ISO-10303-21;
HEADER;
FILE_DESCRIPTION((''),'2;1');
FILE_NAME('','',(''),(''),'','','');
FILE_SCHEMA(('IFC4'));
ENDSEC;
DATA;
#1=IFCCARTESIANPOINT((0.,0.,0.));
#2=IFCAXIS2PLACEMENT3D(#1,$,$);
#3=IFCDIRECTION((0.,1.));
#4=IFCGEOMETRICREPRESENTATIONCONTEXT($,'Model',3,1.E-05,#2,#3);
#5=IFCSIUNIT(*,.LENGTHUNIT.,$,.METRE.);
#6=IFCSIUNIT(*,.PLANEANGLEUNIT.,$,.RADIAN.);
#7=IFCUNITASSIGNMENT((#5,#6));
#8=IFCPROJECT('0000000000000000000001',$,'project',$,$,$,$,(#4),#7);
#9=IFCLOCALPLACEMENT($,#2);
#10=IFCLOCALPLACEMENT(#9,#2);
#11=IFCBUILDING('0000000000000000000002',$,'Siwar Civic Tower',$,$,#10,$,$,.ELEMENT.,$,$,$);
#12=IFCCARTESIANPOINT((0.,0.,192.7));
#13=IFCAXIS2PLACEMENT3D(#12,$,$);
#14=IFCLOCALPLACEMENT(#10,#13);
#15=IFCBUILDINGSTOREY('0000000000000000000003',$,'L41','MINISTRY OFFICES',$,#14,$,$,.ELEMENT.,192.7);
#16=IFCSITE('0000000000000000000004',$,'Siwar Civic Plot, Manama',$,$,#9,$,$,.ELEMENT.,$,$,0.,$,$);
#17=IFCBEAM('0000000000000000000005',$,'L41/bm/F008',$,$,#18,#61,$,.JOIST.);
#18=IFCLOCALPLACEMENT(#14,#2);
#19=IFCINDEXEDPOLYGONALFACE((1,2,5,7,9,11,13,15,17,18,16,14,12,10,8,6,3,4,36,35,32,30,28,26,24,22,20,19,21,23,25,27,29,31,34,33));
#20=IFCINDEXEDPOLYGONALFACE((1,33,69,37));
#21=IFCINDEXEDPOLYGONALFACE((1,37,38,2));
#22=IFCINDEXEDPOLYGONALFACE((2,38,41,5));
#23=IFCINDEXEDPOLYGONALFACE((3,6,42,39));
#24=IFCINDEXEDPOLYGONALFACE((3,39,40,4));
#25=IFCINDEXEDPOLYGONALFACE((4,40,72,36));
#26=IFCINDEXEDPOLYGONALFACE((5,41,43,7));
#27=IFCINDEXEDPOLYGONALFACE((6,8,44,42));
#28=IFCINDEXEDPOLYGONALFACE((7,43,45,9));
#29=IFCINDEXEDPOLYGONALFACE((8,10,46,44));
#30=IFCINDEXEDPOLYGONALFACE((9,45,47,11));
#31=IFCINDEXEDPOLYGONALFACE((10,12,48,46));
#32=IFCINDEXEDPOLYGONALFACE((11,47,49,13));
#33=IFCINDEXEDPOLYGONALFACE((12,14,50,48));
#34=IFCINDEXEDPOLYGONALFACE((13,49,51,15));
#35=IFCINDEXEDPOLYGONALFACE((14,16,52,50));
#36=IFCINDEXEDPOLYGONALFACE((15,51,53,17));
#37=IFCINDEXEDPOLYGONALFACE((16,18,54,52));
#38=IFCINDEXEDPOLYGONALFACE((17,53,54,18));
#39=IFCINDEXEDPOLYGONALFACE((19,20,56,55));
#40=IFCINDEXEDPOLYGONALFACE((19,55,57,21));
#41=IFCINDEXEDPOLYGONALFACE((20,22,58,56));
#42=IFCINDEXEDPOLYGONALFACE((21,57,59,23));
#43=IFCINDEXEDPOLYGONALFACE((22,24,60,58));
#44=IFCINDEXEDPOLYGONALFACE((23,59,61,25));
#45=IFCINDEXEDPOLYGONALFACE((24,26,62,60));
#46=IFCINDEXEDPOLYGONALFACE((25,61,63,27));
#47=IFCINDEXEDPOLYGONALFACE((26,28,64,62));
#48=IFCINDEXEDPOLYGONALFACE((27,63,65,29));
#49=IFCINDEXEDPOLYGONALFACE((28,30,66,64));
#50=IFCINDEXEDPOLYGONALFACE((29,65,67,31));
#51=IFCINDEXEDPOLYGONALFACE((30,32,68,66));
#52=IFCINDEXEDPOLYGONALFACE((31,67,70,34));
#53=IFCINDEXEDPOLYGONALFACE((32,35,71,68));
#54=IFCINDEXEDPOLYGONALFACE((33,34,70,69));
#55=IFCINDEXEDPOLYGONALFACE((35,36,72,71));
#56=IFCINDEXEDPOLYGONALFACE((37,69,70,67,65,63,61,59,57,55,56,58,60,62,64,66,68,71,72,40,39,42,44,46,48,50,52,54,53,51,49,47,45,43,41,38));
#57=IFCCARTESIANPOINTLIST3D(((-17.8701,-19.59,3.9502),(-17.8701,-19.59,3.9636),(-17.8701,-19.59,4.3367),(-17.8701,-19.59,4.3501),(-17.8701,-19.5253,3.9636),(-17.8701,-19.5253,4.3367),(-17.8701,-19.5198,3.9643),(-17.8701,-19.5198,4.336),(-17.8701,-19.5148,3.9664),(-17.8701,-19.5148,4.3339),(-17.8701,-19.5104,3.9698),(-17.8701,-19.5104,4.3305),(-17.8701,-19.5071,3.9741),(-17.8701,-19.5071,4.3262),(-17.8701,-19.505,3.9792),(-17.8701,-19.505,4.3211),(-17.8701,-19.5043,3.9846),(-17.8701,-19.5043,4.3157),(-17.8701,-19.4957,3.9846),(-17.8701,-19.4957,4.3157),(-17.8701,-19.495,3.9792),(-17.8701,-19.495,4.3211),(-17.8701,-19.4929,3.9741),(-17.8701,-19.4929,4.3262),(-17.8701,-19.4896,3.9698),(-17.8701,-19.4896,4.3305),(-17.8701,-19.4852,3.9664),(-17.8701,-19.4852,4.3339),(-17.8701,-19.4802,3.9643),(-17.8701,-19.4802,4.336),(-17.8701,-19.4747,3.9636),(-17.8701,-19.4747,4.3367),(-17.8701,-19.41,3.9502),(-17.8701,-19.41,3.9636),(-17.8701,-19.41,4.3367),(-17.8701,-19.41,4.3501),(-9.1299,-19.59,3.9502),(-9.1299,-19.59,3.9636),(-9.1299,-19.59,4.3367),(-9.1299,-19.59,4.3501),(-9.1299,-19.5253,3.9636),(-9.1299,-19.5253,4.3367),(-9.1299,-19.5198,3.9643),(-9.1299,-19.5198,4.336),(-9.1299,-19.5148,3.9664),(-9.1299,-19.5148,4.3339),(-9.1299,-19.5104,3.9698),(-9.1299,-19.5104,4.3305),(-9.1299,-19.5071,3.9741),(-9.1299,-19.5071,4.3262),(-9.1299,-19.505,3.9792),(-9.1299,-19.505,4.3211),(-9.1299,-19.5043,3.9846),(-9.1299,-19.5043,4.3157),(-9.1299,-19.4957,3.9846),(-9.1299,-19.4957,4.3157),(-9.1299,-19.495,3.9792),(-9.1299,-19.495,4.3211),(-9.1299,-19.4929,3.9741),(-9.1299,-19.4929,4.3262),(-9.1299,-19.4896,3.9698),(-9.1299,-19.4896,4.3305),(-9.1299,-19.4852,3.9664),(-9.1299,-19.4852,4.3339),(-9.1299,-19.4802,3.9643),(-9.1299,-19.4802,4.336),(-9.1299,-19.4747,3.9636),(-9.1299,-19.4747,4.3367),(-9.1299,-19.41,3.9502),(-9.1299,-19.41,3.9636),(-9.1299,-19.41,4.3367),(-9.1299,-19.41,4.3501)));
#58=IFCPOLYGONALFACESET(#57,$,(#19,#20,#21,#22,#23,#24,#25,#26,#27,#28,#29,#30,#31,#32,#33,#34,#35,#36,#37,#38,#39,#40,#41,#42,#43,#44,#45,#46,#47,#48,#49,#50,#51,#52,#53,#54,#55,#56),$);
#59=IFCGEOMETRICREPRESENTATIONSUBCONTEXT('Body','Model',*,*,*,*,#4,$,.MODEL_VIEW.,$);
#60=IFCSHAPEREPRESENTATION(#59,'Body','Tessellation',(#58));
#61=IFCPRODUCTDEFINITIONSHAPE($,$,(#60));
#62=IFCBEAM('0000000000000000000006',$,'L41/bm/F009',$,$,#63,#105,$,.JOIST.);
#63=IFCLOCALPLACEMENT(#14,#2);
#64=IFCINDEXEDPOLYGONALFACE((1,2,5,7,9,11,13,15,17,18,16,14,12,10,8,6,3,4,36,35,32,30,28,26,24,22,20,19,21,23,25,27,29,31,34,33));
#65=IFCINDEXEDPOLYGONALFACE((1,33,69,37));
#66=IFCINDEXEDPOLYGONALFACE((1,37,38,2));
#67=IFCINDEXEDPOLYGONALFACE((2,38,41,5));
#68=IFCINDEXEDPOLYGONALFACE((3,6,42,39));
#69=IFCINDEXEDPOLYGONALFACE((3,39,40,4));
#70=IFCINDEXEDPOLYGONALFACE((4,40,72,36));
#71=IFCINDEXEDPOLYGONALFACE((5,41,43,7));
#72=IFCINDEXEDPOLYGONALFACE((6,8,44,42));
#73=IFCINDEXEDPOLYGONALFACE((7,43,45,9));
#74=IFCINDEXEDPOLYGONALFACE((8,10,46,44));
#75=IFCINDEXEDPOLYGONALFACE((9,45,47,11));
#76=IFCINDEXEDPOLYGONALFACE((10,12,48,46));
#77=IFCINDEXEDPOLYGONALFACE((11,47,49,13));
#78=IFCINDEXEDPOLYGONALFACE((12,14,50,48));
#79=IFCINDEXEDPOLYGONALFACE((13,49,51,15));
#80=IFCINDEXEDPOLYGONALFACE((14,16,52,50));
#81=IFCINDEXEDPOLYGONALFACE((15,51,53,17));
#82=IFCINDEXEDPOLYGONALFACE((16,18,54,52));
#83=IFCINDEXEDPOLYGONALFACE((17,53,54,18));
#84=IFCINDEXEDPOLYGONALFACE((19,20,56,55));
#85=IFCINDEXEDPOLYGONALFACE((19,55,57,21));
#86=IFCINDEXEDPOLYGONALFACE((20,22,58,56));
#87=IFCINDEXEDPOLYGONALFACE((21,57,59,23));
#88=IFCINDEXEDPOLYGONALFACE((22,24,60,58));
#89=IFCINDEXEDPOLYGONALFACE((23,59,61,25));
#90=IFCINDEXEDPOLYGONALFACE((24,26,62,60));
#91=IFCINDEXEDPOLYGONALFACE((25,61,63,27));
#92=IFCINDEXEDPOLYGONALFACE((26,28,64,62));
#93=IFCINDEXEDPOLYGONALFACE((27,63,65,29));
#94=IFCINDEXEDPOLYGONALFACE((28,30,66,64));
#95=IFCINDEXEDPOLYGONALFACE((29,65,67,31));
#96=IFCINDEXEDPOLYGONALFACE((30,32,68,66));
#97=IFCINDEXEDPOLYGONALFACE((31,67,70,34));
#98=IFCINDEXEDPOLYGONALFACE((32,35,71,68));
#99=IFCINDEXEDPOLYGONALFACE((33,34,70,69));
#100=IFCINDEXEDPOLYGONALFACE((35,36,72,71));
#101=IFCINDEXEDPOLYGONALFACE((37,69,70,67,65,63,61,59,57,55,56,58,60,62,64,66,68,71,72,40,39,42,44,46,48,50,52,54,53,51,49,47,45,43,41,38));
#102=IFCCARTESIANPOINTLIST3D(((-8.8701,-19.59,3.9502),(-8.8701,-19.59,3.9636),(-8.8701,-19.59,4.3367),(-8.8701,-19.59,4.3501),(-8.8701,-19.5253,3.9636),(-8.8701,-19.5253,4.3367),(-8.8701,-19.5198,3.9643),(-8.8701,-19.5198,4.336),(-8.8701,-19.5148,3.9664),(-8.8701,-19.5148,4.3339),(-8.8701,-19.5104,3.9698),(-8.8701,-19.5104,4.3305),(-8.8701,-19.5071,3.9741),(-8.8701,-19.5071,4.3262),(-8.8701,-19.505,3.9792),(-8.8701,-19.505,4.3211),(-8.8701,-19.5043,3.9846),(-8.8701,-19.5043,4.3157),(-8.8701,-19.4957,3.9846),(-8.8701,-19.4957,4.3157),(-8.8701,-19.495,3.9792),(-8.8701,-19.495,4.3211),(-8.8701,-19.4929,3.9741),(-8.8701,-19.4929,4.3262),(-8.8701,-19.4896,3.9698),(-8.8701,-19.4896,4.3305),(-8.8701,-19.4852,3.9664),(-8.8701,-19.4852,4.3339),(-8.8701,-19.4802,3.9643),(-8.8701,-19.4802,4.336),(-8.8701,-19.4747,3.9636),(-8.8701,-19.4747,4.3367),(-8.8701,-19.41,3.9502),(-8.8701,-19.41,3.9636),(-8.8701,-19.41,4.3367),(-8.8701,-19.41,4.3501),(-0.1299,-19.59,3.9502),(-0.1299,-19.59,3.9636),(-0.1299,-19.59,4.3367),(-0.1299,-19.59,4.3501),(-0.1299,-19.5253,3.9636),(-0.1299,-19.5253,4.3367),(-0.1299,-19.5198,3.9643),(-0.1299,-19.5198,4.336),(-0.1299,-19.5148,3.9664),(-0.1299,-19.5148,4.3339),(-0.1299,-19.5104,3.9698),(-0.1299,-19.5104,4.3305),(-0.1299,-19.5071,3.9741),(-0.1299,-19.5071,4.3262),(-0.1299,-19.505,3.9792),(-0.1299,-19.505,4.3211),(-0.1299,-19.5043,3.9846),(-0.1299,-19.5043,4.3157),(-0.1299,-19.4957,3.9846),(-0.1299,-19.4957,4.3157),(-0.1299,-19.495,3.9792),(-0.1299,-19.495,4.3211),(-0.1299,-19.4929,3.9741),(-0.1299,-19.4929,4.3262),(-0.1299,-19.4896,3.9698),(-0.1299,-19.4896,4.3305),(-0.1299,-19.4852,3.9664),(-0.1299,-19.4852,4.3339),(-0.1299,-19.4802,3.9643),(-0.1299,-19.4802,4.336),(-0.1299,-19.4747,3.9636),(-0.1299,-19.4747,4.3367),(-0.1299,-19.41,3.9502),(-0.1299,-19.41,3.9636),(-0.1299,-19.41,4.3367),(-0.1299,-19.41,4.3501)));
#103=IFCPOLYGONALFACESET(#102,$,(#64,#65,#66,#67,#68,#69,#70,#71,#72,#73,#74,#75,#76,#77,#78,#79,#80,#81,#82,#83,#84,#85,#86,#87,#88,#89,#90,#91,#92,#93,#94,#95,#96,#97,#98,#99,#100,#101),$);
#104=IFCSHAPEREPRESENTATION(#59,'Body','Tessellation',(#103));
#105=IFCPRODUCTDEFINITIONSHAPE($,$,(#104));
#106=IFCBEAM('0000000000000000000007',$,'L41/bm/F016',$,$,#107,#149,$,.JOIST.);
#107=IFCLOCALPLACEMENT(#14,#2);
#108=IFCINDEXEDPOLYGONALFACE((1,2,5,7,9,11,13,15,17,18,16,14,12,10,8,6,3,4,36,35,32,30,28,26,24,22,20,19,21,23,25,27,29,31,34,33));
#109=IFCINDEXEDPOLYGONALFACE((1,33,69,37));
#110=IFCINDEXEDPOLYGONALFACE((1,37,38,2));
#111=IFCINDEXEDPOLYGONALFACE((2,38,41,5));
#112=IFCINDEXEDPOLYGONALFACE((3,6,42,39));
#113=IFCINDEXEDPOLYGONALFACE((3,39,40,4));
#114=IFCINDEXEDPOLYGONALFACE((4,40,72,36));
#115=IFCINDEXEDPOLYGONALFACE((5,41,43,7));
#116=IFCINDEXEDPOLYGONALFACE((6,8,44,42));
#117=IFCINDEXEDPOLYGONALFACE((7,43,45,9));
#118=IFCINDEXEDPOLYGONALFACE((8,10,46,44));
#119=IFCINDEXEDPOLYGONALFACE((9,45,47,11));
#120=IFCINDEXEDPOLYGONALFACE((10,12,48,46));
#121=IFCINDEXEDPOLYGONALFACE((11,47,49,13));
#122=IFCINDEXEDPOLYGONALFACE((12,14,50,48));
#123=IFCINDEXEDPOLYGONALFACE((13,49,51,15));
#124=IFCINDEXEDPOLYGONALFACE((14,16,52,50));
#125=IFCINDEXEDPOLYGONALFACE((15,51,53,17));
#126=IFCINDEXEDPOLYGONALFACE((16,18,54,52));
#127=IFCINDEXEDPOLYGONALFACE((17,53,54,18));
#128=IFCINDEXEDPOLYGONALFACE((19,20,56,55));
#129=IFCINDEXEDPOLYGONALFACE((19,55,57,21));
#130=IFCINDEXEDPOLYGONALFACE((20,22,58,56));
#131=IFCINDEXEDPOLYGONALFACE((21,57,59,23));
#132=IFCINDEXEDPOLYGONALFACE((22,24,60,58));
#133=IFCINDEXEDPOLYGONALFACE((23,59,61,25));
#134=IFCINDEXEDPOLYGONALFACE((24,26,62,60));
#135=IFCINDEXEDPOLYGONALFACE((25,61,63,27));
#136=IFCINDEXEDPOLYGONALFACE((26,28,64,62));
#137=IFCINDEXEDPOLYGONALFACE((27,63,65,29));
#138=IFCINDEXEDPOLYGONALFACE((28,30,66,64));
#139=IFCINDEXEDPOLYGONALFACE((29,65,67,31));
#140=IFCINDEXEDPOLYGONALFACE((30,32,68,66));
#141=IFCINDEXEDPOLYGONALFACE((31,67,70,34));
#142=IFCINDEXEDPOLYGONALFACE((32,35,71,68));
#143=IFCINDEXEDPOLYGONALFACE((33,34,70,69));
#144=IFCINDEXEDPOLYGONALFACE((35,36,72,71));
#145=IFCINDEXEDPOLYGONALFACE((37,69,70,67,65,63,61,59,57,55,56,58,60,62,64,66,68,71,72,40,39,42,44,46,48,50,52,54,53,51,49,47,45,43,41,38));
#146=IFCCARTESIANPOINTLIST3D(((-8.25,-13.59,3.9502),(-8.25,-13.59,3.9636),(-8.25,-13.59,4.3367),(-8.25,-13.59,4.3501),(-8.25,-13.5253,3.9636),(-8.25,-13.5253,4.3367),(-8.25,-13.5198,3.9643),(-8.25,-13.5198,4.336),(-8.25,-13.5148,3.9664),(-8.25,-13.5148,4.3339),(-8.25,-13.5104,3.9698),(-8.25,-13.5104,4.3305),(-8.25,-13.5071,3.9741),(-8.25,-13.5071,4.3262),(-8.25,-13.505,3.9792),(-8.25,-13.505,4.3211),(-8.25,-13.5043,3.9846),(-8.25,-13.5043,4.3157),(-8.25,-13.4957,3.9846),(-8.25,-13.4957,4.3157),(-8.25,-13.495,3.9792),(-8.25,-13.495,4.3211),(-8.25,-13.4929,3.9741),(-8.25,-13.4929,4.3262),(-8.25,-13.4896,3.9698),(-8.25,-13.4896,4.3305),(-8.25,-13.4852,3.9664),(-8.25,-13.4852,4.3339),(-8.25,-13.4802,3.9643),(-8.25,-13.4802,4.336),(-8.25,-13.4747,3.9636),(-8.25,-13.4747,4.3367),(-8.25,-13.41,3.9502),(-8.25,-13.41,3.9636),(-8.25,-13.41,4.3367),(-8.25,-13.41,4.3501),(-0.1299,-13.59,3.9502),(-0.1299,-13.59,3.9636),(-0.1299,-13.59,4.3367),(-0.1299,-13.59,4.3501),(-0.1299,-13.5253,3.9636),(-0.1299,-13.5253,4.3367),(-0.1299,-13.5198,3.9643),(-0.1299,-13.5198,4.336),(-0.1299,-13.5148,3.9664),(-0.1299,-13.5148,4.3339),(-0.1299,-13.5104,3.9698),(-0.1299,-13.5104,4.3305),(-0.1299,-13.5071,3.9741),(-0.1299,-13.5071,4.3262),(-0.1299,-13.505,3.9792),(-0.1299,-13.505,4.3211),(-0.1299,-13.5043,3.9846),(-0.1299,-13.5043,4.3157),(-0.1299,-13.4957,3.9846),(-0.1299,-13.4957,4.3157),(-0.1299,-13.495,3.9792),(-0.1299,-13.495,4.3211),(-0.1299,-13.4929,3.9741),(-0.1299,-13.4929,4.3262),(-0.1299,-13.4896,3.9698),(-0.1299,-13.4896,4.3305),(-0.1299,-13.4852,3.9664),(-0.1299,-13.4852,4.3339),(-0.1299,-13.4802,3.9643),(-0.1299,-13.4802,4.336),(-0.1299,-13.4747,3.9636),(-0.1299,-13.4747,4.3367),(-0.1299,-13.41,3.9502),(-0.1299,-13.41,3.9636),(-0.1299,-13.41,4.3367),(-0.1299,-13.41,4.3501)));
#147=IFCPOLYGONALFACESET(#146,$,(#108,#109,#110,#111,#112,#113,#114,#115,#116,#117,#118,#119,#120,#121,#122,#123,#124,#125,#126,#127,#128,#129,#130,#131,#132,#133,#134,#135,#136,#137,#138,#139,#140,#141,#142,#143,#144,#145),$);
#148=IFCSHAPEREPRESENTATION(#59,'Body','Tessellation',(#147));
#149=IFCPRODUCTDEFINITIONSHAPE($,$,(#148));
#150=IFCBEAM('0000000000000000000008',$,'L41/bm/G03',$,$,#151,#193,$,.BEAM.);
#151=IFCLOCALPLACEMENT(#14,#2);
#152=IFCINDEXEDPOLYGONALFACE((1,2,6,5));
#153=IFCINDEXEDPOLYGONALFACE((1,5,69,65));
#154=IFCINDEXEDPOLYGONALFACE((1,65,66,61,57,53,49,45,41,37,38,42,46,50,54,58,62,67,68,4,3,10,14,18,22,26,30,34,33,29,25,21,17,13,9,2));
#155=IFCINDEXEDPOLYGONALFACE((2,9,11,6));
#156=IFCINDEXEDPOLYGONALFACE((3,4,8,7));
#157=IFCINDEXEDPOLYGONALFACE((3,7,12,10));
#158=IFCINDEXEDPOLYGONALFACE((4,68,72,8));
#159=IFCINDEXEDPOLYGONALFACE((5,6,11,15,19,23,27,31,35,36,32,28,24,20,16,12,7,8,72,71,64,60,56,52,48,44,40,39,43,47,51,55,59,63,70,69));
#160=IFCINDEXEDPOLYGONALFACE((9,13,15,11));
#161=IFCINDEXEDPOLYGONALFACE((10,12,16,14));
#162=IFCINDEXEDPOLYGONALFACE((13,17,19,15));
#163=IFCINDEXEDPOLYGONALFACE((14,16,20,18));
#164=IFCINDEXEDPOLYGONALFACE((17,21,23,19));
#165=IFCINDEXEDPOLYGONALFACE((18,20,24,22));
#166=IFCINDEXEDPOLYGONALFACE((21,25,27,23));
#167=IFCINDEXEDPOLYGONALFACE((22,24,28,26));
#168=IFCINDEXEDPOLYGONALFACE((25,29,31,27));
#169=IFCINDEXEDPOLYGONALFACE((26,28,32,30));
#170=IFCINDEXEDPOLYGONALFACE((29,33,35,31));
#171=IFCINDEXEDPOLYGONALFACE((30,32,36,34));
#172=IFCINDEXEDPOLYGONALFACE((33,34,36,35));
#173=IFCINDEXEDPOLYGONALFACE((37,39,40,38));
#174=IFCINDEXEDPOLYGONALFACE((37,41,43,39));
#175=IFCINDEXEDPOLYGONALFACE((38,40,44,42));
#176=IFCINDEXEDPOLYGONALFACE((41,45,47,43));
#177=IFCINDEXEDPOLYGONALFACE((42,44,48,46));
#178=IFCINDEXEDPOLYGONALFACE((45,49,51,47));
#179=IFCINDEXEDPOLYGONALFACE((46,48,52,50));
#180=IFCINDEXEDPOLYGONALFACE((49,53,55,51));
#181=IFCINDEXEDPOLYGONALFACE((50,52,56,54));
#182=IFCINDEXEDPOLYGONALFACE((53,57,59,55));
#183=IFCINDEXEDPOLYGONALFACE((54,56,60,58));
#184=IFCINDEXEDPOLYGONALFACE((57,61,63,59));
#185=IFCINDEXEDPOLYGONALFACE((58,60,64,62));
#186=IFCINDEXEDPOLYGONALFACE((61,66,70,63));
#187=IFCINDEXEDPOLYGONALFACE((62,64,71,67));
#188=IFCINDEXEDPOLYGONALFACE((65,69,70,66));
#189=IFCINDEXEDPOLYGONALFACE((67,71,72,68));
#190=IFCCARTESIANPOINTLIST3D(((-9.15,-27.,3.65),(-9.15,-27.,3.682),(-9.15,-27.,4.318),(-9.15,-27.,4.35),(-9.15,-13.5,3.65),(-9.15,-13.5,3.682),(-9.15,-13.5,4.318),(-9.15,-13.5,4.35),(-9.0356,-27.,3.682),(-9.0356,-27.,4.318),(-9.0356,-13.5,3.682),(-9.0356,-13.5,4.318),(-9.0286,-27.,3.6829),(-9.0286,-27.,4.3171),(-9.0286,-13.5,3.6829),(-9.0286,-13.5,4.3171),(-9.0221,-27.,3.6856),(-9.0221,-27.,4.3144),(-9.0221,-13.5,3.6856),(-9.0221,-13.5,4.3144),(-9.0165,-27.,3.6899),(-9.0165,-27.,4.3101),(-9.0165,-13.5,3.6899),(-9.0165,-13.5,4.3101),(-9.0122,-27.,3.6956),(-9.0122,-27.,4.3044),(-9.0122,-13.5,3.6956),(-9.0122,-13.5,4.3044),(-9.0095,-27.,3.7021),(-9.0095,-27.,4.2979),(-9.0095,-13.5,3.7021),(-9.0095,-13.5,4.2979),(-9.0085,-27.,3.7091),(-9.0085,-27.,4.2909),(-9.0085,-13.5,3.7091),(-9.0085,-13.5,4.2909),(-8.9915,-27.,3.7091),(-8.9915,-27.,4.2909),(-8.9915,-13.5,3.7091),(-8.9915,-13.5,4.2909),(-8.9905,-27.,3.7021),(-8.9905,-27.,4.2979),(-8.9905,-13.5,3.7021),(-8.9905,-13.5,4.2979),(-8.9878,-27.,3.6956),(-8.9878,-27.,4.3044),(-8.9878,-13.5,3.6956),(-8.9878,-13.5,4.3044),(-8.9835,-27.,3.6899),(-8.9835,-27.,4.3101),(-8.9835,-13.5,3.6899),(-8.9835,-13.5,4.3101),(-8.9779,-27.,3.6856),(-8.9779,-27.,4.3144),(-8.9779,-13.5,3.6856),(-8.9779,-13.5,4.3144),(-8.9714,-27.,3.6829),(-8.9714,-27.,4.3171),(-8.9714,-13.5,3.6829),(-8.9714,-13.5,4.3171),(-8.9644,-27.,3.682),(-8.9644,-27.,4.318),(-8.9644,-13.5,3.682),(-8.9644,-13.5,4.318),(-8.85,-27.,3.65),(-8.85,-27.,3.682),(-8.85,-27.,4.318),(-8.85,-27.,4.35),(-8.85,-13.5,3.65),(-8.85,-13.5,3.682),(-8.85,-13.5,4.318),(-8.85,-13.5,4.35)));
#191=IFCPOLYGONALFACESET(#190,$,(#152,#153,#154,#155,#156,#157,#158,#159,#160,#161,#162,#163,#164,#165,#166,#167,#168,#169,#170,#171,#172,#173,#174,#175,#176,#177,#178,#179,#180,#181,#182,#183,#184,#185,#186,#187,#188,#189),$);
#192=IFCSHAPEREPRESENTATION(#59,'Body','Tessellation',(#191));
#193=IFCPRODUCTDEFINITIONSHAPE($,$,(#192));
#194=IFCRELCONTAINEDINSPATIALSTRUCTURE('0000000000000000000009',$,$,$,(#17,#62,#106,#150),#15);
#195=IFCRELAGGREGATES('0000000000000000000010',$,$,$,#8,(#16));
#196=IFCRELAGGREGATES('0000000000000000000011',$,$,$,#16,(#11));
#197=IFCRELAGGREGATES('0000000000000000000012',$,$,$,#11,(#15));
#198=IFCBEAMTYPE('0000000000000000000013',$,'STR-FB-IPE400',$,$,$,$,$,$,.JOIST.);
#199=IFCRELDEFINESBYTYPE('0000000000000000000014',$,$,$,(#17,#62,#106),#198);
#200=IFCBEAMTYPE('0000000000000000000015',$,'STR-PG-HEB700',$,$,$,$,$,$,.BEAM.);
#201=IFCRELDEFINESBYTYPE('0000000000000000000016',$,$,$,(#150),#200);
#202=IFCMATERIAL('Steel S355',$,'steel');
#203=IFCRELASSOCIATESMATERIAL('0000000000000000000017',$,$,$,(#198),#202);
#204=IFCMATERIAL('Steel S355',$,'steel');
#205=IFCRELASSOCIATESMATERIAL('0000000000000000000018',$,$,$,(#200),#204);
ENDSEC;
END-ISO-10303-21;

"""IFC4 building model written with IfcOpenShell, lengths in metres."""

from ifc_helpers import new_model, si_unit, direction, frame, origin, origin_2d, place, context, subcontext, project, spatial, i_section, extrude, material, material_profile, profile_set, type_object, element, save


model = new_model("IFC4")

# Units and contexts
model_context = context("Model", 3, precision=1e-05, world=origin(), true_north=direction((0.0, 1.0)))
body_context = subcontext(model_context, "Body", "Model", "MODEL_VIEW")
ifc_project = project(units=[si_unit("LENGTHUNIT", "METRE"), si_unit("PLANEANGLEUNIT", "RADIAN")], contexts=[model_context])

# Site, building, storey
site_placement = place(None, origin())
site = spatial("IfcSite", under=ifc_project, at=site_placement, Name="Siwar Civic Plot, Manama", CompositionType="ELEMENT", RefElevation=0.0)
building_placement = place(site_placement, origin())
building = spatial("IfcBuilding", under=site, at=building_placement, Name="Siwar Civic Tower", CompositionType="ELEMENT")
storey_placement = place(building_placement, frame((0.0, 0.0, 192.7)))
storey = spatial("IfcBuildingStorey", under=building, at=storey_placement, Name="L41", Description="MINISTRY OFFICES", CompositionType="ELEMENT", Elevation=192.7)

# Beams
ifc_material_1 = material(Name="Steel S355", Category="steel")
ifc_material_profile_1 = material_profile(ifc_material_1, i_section(OverallWidth=0.1799, OverallDepth=0.3999, WebThickness=0.0085, FlangeThickness=0.0134, FilletRadius=0.021, at=origin_2d()), Name="IPE400")
ifc_profile_set_1 = profile_set([ifc_material_profile_1], Name="Steel S355")
beam_type_1 = type_object("IfcBeamType", Name="STR-FB-IPE400", PredefinedType="JOIST", material=ifc_profile_set_1)
for number, where, z_axis, x_axis, name in (
    (1, (-17.8701, -19.5, 4.1501), (1.0, 0.0, 0.0), (0.0, 1.0, 0.0), "L41/bm/F008"),
    (2, (-8.8701, -19.5, 4.1501), (1.0, 0.0, 0.0), (0.0, 1.0, 0.0), "L41/bm/F009"),
):
    element("IfcBeam", number, at=place(storey_placement, frame(where, z_axis=z_axis, x_axis=x_axis)), inside=storey, type_object=beam_type_1, Name=name, PredefinedType="JOIST", context=body_context, shape_type="SweptSolid", body=[
        extrude(i_section(OverallWidth=0.1799, OverallDepth=0.3999, WebThickness=0.0085, FlangeThickness=0.0134, FilletRadius=0.021, at=origin_2d()), origin(), (0.0, 0.0, 1.0), 8.7402),
    ])
beam_1_placement = place(storey_placement, frame((-8.25, -13.5, 4.1501), z_axis=(1.0, 0.0, 0.0), x_axis=(0.0, 1.0, 0.0)))
element("IfcBeam", 3, at=beam_1_placement, inside=storey, type_object=beam_type_1, Name="L41/bm/F016", PredefinedType="JOIST", context=body_context, shape_type="SweptSolid", body=[
    extrude(i_section(OverallWidth=0.1799, OverallDepth=0.3999, WebThickness=0.0085, FlangeThickness=0.0134, FilletRadius=0.021, at=origin_2d()), origin(), (0.0, 0.0, 1.0), 8.1201),
])
ifc_material_2 = material(Name="Steel S355", Category="steel")
ifc_material_profile_2 = material_profile(ifc_material_2, i_section(OverallWidth=0.3, OverallDepth=0.7, WebThickness=0.0171, FlangeThickness=0.032, FilletRadius=0.0271, at=origin_2d()), Name="HEB700")
ifc_profile_set_2 = profile_set([ifc_material_profile_2], Name="Steel S355")
beam_type_2 = type_object("IfcBeamType", Name="STR-PG-HEB700", PredefinedType="BEAM", material=ifc_profile_set_2)
beam_2_placement = place(storey_placement, frame((-9.0, -27.0, 4.0), z_axis=(0.0, 1.0, 0.0), x_axis=(-1.0, 0.0, 0.0)))
element("IfcBeam", 4, at=beam_2_placement, inside=storey, type_object=beam_type_2, Name="L41/bm/G03", PredefinedType="BEAM", context=body_context, shape_type="SweptSolid", body=[
    extrude(i_section(OverallWidth=0.3, OverallDepth=0.7, WebThickness=0.0171, FlangeThickness=0.032, FilletRadius=0.0271, at=origin_2d()), origin(), (0.0, 0.0, 1.0), 13.5),
])

save(model, "model.ifc")
